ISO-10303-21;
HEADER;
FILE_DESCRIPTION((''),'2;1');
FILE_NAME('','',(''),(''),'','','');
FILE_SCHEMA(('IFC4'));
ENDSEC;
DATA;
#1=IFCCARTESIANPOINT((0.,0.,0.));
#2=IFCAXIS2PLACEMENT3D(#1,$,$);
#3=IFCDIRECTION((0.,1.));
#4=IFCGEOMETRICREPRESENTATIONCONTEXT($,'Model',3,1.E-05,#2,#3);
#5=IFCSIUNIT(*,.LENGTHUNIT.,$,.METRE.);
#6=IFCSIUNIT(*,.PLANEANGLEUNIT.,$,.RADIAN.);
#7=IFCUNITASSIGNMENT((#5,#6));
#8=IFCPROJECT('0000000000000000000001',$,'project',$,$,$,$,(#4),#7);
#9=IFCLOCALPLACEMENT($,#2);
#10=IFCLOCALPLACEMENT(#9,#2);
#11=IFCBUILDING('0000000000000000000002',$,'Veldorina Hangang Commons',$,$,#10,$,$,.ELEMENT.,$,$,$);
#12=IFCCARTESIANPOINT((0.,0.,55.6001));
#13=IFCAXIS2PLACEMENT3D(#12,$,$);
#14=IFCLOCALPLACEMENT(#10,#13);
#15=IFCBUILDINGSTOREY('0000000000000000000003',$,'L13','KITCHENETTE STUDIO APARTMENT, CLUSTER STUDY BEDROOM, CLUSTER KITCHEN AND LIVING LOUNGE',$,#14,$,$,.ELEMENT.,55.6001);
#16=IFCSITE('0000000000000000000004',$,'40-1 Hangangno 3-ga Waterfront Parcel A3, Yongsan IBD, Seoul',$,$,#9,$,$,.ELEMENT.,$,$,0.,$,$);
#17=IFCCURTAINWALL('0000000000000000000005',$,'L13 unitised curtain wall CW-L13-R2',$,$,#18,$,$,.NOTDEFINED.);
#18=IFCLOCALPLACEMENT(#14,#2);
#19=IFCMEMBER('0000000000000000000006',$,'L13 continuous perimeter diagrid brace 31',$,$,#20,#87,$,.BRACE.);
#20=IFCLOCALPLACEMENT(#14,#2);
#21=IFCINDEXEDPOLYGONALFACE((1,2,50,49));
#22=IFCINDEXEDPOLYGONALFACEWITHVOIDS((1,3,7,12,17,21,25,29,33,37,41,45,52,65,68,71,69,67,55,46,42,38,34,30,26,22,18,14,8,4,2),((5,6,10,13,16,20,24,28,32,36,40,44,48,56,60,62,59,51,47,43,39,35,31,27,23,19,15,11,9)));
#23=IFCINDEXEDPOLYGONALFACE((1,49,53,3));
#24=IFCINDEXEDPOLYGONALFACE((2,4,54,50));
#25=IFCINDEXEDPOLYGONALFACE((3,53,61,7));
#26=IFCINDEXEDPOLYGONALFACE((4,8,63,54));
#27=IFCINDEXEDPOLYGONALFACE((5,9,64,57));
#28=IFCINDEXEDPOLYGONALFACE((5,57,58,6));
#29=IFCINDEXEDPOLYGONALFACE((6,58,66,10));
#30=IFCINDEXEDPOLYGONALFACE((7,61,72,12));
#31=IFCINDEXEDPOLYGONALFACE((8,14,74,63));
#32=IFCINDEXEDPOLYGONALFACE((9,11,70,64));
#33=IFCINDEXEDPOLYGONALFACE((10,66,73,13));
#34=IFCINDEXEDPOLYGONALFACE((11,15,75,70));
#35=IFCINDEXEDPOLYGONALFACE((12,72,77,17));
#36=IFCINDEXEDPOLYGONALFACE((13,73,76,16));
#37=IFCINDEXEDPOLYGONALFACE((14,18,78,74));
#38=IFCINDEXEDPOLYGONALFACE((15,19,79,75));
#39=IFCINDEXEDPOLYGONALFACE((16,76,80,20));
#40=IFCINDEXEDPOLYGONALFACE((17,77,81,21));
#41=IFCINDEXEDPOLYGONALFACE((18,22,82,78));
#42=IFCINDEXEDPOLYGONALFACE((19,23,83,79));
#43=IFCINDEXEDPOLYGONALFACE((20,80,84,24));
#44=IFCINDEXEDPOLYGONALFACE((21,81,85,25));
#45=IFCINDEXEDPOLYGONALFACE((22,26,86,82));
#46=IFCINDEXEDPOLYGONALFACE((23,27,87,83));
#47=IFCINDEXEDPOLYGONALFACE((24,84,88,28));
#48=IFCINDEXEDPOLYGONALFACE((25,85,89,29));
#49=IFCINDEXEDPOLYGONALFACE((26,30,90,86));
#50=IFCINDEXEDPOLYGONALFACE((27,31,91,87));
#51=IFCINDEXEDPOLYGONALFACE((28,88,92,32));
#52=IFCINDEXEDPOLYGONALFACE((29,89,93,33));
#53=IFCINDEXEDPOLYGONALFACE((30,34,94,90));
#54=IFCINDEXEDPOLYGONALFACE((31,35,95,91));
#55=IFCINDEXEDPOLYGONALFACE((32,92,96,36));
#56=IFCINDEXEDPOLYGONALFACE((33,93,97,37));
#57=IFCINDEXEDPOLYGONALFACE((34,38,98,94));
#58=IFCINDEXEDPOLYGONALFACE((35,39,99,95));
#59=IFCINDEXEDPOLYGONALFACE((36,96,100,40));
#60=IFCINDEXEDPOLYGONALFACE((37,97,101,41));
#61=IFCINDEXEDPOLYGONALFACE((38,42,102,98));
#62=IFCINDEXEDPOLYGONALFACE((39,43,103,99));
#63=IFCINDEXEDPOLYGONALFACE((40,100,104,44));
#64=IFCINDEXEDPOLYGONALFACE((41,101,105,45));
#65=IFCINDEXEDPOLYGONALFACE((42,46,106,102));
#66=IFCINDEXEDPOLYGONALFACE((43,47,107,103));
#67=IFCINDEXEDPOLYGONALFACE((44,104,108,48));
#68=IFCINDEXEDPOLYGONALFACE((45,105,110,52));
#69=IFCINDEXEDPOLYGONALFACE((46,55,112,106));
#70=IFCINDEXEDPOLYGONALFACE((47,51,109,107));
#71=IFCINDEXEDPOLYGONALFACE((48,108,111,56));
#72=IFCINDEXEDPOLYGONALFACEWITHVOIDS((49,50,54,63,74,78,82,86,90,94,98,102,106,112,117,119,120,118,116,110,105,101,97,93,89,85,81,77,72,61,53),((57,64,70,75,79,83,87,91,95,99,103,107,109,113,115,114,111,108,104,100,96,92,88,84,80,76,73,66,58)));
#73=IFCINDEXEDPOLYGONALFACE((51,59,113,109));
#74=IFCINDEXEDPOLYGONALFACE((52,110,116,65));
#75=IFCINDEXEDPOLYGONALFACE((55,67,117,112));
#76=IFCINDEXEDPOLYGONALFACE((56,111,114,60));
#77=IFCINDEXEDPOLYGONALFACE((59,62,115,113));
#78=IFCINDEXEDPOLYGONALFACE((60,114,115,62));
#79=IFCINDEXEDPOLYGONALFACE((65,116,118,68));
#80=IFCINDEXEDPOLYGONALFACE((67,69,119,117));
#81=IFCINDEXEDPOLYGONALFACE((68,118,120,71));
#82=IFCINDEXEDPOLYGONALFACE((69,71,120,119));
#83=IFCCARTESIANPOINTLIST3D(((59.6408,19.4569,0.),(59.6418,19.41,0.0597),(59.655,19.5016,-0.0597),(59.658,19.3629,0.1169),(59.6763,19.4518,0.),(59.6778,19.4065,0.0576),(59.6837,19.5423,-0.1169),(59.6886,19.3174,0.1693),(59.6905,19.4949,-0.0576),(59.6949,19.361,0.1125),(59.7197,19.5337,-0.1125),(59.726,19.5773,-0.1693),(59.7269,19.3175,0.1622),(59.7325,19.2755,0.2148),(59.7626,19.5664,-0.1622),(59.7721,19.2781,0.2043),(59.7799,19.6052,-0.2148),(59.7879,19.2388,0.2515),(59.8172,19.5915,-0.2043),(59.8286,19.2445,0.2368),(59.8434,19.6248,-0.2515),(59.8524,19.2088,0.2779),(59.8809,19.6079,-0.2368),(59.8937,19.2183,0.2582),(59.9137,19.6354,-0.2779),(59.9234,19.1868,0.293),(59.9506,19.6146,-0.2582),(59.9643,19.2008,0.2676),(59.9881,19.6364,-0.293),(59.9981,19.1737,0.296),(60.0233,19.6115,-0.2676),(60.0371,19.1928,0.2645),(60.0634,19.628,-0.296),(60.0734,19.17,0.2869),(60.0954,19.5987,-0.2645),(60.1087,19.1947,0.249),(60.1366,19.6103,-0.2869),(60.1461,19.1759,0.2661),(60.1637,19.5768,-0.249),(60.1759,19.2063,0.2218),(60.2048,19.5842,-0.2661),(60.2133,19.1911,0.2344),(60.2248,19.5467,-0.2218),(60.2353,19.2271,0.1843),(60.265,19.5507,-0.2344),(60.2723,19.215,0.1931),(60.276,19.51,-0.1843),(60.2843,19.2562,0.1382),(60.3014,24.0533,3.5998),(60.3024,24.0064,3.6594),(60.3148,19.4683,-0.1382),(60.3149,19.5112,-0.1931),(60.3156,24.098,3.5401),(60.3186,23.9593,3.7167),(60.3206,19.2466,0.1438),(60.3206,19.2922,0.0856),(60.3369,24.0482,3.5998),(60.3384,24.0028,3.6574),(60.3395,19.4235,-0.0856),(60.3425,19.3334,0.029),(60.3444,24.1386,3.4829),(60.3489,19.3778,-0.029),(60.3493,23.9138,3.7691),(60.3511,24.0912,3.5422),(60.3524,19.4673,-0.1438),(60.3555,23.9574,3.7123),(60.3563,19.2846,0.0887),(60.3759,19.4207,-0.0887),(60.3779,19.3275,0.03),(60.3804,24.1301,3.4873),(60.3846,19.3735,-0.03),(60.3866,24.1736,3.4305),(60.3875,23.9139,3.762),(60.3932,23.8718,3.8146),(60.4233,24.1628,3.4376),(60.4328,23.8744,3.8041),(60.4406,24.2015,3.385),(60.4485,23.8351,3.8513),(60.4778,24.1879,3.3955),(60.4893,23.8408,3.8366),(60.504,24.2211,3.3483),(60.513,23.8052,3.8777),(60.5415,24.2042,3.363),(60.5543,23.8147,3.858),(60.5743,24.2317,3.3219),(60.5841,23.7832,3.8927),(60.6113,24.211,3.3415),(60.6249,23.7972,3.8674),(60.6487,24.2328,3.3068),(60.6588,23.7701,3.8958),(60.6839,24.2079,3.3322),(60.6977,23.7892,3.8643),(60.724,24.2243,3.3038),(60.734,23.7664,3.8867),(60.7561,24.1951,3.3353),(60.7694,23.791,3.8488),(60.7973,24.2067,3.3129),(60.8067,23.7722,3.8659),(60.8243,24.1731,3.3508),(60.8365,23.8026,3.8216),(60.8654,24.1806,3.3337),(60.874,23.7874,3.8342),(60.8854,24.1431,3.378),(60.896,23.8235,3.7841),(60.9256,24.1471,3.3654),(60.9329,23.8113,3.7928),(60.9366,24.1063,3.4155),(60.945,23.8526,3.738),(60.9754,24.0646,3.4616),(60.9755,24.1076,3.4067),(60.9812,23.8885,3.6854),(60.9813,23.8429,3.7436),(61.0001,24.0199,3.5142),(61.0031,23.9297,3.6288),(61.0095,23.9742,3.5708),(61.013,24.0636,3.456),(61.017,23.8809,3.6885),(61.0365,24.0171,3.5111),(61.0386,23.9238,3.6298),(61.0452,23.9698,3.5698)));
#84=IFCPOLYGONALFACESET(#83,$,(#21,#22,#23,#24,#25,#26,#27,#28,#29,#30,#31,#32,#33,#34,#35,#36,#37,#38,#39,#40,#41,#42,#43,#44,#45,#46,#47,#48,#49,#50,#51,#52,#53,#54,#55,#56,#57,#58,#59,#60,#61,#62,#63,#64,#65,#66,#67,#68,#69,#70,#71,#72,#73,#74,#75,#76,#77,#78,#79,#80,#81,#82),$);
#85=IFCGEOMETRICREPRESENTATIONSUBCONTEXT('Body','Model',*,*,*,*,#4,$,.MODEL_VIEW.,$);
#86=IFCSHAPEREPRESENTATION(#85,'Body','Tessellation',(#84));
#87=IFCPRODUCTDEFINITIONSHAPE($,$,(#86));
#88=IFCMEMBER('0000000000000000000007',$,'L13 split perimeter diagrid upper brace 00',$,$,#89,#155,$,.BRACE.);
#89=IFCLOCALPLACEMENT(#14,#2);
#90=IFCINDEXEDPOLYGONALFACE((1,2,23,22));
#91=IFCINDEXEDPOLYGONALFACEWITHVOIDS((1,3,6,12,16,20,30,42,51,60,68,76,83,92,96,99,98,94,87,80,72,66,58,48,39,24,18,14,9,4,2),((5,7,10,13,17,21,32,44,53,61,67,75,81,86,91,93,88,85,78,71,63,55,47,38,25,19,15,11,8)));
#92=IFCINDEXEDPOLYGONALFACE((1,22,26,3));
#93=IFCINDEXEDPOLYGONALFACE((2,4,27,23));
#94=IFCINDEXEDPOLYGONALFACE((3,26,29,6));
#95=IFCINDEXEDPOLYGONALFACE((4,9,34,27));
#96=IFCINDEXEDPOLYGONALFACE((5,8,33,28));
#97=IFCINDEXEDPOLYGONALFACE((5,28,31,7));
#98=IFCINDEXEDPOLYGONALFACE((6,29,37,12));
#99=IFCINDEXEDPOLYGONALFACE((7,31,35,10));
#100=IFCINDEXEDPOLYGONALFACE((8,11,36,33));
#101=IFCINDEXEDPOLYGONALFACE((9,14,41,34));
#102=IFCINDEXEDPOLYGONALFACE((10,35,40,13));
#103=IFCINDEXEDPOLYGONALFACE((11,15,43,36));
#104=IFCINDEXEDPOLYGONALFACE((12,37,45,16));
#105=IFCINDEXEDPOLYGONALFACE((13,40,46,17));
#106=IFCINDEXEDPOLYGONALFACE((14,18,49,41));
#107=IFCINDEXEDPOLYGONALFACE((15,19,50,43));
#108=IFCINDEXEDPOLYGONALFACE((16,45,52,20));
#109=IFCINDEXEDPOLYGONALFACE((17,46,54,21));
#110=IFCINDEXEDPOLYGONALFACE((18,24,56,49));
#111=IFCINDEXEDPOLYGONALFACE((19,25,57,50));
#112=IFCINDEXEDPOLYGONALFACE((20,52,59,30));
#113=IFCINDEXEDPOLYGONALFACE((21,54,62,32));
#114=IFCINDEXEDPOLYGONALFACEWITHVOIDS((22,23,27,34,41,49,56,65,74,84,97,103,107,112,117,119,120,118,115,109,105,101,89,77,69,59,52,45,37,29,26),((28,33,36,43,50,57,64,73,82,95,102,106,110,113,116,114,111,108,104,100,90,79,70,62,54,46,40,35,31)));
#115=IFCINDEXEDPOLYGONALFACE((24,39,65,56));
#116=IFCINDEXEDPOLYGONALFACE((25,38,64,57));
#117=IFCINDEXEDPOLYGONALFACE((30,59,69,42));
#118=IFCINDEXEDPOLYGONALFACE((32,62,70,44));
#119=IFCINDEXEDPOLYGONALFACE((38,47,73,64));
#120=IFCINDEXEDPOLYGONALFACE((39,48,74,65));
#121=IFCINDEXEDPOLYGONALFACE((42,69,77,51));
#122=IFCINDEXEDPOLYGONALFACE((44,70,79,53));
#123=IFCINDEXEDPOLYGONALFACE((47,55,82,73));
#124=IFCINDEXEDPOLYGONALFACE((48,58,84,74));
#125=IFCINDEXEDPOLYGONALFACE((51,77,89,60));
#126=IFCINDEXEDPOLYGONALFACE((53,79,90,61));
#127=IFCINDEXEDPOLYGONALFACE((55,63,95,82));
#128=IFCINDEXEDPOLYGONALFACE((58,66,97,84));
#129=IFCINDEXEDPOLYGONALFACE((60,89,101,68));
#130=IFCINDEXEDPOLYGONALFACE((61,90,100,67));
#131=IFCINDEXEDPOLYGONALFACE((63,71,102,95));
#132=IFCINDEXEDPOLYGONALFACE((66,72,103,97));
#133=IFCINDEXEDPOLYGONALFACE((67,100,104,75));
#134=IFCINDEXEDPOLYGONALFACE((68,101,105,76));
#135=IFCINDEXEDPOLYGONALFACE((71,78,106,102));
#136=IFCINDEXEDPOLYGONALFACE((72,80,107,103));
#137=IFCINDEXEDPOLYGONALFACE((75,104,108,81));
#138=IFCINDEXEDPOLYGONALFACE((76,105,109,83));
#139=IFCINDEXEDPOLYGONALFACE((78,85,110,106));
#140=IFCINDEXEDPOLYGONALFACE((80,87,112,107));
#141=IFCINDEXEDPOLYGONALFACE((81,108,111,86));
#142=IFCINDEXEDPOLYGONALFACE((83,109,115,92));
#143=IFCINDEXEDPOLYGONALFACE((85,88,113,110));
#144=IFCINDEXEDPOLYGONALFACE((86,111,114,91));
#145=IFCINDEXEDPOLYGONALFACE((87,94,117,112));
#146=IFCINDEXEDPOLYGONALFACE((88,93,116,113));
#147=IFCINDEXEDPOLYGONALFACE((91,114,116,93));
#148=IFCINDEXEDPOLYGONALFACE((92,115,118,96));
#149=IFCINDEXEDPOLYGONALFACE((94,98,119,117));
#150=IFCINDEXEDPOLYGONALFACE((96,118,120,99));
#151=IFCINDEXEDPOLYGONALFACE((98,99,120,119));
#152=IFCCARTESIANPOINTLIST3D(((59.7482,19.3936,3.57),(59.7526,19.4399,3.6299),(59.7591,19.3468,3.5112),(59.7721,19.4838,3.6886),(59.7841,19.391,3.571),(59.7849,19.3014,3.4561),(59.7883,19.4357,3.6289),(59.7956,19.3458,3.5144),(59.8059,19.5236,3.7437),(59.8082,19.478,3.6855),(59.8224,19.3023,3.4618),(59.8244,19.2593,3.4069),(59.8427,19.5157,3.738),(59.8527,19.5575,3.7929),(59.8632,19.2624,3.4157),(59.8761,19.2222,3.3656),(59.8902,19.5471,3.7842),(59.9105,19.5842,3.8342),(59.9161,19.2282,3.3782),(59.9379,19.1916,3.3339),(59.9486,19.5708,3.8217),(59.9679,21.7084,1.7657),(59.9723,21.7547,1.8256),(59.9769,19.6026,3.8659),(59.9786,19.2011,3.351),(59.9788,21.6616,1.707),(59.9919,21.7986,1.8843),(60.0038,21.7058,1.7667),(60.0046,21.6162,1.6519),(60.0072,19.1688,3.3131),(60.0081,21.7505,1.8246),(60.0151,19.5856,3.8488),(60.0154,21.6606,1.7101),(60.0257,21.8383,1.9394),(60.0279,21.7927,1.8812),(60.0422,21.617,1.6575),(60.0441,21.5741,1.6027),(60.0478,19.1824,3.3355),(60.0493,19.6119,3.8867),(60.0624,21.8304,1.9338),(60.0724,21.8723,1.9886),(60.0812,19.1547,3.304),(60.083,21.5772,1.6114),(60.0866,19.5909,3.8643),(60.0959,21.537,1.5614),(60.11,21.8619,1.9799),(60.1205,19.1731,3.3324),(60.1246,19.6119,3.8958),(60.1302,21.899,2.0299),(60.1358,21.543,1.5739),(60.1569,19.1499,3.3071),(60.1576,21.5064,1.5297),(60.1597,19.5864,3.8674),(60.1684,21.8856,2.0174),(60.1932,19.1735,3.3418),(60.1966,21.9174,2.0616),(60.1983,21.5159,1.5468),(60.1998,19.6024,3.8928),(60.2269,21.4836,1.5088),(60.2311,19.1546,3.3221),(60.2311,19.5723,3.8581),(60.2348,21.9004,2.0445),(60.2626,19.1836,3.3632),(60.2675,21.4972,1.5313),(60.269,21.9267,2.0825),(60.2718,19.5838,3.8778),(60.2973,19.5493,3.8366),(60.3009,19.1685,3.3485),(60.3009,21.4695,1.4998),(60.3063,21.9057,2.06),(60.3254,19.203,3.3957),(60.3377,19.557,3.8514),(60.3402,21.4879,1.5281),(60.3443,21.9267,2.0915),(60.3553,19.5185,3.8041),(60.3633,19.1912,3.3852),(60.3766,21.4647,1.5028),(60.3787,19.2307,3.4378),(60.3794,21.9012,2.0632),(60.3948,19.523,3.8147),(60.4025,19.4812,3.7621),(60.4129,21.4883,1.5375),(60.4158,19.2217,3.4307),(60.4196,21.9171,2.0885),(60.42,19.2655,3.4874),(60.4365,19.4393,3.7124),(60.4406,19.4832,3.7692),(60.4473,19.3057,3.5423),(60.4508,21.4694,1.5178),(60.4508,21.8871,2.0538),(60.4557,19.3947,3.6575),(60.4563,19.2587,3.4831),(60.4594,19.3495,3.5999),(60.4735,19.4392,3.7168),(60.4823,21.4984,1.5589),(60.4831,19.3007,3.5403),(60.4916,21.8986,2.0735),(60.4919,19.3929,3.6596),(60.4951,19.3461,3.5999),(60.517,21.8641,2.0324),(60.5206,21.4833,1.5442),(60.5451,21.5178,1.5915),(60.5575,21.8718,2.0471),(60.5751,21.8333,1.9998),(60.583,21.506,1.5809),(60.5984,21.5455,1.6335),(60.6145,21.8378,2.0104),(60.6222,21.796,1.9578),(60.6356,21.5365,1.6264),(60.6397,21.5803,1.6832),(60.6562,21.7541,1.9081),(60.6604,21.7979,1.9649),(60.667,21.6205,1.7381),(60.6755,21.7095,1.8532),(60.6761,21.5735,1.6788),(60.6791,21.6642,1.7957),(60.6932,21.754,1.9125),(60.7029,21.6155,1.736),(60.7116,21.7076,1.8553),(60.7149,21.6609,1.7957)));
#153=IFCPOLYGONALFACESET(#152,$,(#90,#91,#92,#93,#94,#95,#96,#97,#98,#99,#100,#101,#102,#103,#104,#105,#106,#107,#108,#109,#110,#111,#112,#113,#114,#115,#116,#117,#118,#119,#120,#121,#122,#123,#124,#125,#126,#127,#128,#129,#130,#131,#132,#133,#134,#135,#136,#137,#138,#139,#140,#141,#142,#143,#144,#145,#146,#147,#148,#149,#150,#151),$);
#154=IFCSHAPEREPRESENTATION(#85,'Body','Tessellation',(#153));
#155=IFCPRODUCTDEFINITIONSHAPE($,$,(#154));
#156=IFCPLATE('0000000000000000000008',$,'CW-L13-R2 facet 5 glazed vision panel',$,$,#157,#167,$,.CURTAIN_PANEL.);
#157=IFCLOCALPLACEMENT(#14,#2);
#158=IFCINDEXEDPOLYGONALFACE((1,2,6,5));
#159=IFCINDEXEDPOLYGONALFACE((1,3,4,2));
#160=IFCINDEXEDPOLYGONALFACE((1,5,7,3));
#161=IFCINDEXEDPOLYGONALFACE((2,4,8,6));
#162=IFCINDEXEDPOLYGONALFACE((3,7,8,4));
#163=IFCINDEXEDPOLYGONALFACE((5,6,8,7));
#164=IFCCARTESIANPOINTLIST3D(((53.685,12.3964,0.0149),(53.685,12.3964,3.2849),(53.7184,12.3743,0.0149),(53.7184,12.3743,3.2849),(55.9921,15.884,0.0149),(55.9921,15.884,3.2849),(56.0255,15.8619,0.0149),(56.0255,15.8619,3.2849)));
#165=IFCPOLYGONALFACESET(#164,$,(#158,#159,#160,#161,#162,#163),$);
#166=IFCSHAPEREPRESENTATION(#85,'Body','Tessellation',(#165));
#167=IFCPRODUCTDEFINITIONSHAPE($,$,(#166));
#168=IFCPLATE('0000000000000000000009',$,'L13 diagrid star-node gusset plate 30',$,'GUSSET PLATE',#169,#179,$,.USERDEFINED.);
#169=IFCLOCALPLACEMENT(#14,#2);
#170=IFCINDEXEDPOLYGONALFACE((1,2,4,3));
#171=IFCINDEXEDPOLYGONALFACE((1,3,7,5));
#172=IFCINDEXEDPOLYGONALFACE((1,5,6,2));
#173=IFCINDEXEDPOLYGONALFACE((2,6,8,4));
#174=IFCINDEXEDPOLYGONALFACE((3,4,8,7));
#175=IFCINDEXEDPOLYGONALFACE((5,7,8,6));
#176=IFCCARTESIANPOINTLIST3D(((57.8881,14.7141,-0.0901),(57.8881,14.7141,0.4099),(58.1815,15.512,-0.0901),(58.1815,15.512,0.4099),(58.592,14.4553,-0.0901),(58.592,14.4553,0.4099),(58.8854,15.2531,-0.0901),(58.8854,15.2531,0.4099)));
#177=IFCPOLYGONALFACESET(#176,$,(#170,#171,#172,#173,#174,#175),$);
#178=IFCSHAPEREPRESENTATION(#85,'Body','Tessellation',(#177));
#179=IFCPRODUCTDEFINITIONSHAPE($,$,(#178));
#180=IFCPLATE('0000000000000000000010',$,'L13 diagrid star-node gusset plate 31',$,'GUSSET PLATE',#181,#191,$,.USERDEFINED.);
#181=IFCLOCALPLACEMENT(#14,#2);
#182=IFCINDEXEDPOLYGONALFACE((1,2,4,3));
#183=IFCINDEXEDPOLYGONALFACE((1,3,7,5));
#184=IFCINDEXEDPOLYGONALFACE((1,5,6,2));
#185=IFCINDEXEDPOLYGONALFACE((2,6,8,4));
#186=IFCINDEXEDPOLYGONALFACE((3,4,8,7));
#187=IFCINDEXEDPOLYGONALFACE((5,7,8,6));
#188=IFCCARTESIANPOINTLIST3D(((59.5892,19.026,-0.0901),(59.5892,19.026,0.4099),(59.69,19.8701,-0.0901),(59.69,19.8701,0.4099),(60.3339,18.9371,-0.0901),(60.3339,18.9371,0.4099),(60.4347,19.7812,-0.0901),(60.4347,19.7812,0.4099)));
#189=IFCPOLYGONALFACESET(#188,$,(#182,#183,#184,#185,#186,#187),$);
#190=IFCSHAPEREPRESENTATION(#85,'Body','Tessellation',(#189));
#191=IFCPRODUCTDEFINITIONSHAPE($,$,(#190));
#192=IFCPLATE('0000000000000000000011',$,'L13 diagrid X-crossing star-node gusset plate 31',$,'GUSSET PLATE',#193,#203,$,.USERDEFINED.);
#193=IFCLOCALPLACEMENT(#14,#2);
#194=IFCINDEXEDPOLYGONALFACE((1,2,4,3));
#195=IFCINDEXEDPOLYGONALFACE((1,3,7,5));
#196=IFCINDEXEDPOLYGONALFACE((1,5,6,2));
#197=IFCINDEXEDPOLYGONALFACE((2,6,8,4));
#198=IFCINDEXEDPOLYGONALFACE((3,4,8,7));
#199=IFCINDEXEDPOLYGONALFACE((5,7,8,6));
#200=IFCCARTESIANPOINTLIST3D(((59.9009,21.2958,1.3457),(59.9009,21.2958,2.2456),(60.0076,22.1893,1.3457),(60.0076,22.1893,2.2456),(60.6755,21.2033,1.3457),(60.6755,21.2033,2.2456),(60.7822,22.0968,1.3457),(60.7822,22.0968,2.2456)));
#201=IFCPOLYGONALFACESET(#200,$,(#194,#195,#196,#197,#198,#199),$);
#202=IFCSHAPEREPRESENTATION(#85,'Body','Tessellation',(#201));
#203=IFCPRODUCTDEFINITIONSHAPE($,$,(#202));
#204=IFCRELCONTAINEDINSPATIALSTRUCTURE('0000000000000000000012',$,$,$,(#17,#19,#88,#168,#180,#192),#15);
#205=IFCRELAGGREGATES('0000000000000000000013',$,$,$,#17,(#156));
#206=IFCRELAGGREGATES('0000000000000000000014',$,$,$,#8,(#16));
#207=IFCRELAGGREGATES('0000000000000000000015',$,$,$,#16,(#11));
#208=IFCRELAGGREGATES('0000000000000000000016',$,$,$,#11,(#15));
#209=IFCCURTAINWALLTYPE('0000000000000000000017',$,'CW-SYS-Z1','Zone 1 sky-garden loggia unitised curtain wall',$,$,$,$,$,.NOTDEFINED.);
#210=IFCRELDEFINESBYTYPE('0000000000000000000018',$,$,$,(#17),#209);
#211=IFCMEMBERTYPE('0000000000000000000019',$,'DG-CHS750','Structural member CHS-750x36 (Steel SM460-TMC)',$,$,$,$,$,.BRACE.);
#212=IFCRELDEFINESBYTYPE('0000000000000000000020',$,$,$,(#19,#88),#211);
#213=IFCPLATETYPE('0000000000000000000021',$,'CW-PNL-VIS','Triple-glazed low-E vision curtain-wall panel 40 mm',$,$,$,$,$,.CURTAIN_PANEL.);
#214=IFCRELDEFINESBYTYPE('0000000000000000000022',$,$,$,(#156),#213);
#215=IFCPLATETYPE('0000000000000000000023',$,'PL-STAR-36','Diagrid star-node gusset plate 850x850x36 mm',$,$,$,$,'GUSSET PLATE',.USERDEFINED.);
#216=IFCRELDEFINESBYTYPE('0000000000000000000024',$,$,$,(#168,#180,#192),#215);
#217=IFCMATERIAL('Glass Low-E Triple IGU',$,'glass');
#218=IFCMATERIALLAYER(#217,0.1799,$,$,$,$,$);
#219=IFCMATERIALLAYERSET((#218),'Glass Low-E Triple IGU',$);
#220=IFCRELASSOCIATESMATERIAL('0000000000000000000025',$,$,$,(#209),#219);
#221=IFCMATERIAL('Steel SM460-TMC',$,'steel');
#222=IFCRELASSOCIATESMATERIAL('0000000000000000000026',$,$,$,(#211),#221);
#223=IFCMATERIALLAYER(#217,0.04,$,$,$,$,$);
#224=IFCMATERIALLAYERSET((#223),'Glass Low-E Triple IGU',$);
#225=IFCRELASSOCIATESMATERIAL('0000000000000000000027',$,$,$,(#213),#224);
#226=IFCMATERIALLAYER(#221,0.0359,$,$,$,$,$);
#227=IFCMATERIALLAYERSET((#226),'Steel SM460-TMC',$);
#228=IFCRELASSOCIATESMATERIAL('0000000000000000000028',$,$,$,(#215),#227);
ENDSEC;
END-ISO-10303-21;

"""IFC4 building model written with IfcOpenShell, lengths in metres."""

from ifc_helpers import new_model, si_unit, direction, frame, origin, origin_2d, place, context, subcontext, project, spatial, rectangle, hollow_circle, extrude, material, layer, layer_set, material_profile, profile_set, type_object, element, aggregate, save


model = new_model("IFC4")

# Units and contexts
model_context = context("Model", 3, precision=1e-05, world=origin(), true_north=direction((0.0, 1.0)))
body_context = subcontext(model_context, "Body", "Model", "MODEL_VIEW")
ifc_project = project(units=[si_unit("LENGTHUNIT", "METRE"), si_unit("PLANEANGLEUNIT", "RADIAN")], contexts=[model_context])

# Site, building, storey
site_placement = place(None, origin())
site = spatial("IfcSite", under=ifc_project, at=site_placement, Name="40-1 Hangangno 3-ga Waterfront Parcel A3, Yongsan IBD, Seoul", CompositionType="ELEMENT", RefElevation=0.0)
building_placement = place(site_placement, origin())
building = spatial("IfcBuilding", under=site, at=building_placement, Name="Veldorina Hangang Commons", CompositionType="ELEMENT")
storey_placement = place(building_placement, frame((0.0, 0.0, 55.6001)))
storey = spatial("IfcBuildingStorey", under=building, at=storey_placement, Name="L13", Description="KITCHENETTE STUDIO APARTMENT, CLUSTER STUDY BEDROOM, CLUSTER KITCHEN AND LIVING LOUNGE", CompositionType="ELEMENT", Elevation=55.6001)

# Shared definitions
ifc_material_1 = material(Name="Steel SM460-TMC", Category="steel")

# Curtain wall
ifc_material_2 = material(Name="Glass Low-E Triple IGU", Category="glass")
ifc_layer_1 = layer(ifc_material_2, 0.1799)
ifc_layer_set_1 = layer_set([ifc_layer_1], Name="Glass Low-E Triple IGU")
curtain_wall_type = type_object("IfcCurtainWallType", Name="CW-SYS-Z1", Description="Zone 1 sky-garden loggia unitised curtain wall", PredefinedType="NOTDEFINED", material=ifc_layer_set_1)
curtain_wall_placement = place(storey_placement, origin())
curtain_wall = element("IfcCurtainWall", 1, at=curtain_wall_placement, inside=storey, type_object=curtain_wall_type, Name="L13 unitised curtain wall CW-L13-R2", PredefinedType="NOTDEFINED")

# Members
ifc_material_profile_1 = material_profile(ifc_material_1, hollow_circle(Radius=0.375, WallThickness=0.0359, at=origin_2d()), Name="CHS-750x36")
ifc_profile_set_1 = profile_set([ifc_material_profile_1], Name="Steel SM460-TMC")
member_type_1 = type_object("IfcMemberType", Name="DG-CHS750", Description="Structural member CHS-750x36 (Steel SM460-TMC)", PredefinedType="BRACE", material=ifc_profile_set_1)
member_1_placement = place(storey_placement, frame((60.012, 19.4036, 0.0), z_axis=(0.112439, 0.782293, 0.612679), x_axis=(-0.989828, 0.142268, 0.0)))
element("IfcMember", 2, at=member_1_placement, inside=storey, type_object=member_type_1, Name="L13 continuous perimeter diagrid brace 31", PredefinedType="BRACE", context=body_context, shape_type="SweptSolid", body=[
    extrude(hollow_circle(Radius=0.375, WallThickness=0.0359, at=origin_2d()), origin(), (0.0, 0.0, 1.0), 5.8755),
])
member_2_placement = place(storey_placement, frame((60.3416, 21.6963, 1.7957), z_axis=(-0.074661, -0.78651, 0.613048), x_axis=(0.995525, -0.094502, 0.0)))
element("IfcMember", 3, at=member_2_placement, inside=storey, type_object=member_type_1, Name="L13 split perimeter diagrid upper brace 00", PredefinedType="BRACE", context=body_context, shape_type="SweptSolid", body=[
    extrude(hollow_circle(Radius=0.375, WallThickness=0.0359, at=origin_2d()), origin(), (0.0, 0.0, 1.0), 2.9431),
])

# Plate
ifc_layer_2 = layer(ifc_material_2, 0.04)
ifc_layer_set_2 = layer_set([ifc_layer_2], Name="Glass Low-E Triple IGU")
plate_type_1 = type_object("IfcPlateType", Name="CW-PNL-VIS", Description="Triple-glazed low-E vision curtain-wall panel 40 mm", PredefinedType="CURTAIN_PANEL", material=ifc_layer_set_2)
plate_1_placement = place(storey_placement, frame((54.8552, 14.1292, 0.0149), z_axis=(0.0, 0.0, 1.0), x_axis=(0.551719, 0.83403, 0.0)))
plate_1 = element("IfcPlate", 4, at=plate_1_placement, type_object=plate_type_1, Name="CW-L13-R2 facet 5 glazed vision panel", PredefinedType="CURTAIN_PANEL", context=body_context, shape_type="SweptSolid", body=[
    extrude(rectangle(XDim=4.1816, YDim=0.04, at=origin_2d()), origin(), (0.0, 0.0, 1.0), 3.27),
])
aggregate(curtain_wall, [plate_1])

# Plates
ifc_layer_3 = layer(ifc_material_1, 0.0359)
ifc_layer_set_3 = layer_set([ifc_layer_3], Name="Steel SM460-TMC")
plate_type_2 = type_object("IfcPlateType", Name="PL-STAR-36", Description="Diagrid star-node gusset plate 850x850x36 mm", ElementType="GUSSET PLATE", PredefinedType="USERDEFINED", material=ifc_layer_set_3)
for number, where, z_axis, x_axis, name in (
    (5, (58.3867, 14.9836, -0.0901), (0.0, 0.0, 1.0), (0.345134, 0.938553, 0.0), "L13 diagrid star-node gusset plate 30"),
    (6, (60.012, 19.4036, -0.0901), (0.0, 0.0, 1.0), (0.11856, 0.992947, 0.0), "L13 diagrid star-node gusset plate 31"),
):
    element("IfcPlate", number, at=place(storey_placement, frame(where, z_axis=z_axis, x_axis=x_axis)), inside=storey, type_object=plate_type_2, Name=name, ObjectType="GUSSET PLATE", PredefinedType="USERDEFINED", context=body_context, shape_type="SweptSolid", body=[
        extrude(rectangle(XDim=0.8501, YDim=0.75, at=origin_2d()), origin(), (0.0, 0.0, 1.0), 0.5),
    ])
plate_2_placement = place(storey_placement, frame((60.3416, 21.6963, 1.3457), z_axis=(0.0, 0.0, 1.0), x_axis=(0.11856, 0.992947, 0.0)))
element("IfcPlate", 7, at=plate_2_placement, inside=storey, type_object=plate_type_2, Name="L13 diagrid X-crossing star-node gusset plate 31", ObjectType="GUSSET PLATE", PredefinedType="USERDEFINED", context=body_context, shape_type="SweptSolid", body=[
    extrude(rectangle(XDim=0.8999, YDim=0.78, at=origin_2d()), origin(), (0.0, 0.0, 1.0), 0.8999),
])

save(model, "model.ifc")
